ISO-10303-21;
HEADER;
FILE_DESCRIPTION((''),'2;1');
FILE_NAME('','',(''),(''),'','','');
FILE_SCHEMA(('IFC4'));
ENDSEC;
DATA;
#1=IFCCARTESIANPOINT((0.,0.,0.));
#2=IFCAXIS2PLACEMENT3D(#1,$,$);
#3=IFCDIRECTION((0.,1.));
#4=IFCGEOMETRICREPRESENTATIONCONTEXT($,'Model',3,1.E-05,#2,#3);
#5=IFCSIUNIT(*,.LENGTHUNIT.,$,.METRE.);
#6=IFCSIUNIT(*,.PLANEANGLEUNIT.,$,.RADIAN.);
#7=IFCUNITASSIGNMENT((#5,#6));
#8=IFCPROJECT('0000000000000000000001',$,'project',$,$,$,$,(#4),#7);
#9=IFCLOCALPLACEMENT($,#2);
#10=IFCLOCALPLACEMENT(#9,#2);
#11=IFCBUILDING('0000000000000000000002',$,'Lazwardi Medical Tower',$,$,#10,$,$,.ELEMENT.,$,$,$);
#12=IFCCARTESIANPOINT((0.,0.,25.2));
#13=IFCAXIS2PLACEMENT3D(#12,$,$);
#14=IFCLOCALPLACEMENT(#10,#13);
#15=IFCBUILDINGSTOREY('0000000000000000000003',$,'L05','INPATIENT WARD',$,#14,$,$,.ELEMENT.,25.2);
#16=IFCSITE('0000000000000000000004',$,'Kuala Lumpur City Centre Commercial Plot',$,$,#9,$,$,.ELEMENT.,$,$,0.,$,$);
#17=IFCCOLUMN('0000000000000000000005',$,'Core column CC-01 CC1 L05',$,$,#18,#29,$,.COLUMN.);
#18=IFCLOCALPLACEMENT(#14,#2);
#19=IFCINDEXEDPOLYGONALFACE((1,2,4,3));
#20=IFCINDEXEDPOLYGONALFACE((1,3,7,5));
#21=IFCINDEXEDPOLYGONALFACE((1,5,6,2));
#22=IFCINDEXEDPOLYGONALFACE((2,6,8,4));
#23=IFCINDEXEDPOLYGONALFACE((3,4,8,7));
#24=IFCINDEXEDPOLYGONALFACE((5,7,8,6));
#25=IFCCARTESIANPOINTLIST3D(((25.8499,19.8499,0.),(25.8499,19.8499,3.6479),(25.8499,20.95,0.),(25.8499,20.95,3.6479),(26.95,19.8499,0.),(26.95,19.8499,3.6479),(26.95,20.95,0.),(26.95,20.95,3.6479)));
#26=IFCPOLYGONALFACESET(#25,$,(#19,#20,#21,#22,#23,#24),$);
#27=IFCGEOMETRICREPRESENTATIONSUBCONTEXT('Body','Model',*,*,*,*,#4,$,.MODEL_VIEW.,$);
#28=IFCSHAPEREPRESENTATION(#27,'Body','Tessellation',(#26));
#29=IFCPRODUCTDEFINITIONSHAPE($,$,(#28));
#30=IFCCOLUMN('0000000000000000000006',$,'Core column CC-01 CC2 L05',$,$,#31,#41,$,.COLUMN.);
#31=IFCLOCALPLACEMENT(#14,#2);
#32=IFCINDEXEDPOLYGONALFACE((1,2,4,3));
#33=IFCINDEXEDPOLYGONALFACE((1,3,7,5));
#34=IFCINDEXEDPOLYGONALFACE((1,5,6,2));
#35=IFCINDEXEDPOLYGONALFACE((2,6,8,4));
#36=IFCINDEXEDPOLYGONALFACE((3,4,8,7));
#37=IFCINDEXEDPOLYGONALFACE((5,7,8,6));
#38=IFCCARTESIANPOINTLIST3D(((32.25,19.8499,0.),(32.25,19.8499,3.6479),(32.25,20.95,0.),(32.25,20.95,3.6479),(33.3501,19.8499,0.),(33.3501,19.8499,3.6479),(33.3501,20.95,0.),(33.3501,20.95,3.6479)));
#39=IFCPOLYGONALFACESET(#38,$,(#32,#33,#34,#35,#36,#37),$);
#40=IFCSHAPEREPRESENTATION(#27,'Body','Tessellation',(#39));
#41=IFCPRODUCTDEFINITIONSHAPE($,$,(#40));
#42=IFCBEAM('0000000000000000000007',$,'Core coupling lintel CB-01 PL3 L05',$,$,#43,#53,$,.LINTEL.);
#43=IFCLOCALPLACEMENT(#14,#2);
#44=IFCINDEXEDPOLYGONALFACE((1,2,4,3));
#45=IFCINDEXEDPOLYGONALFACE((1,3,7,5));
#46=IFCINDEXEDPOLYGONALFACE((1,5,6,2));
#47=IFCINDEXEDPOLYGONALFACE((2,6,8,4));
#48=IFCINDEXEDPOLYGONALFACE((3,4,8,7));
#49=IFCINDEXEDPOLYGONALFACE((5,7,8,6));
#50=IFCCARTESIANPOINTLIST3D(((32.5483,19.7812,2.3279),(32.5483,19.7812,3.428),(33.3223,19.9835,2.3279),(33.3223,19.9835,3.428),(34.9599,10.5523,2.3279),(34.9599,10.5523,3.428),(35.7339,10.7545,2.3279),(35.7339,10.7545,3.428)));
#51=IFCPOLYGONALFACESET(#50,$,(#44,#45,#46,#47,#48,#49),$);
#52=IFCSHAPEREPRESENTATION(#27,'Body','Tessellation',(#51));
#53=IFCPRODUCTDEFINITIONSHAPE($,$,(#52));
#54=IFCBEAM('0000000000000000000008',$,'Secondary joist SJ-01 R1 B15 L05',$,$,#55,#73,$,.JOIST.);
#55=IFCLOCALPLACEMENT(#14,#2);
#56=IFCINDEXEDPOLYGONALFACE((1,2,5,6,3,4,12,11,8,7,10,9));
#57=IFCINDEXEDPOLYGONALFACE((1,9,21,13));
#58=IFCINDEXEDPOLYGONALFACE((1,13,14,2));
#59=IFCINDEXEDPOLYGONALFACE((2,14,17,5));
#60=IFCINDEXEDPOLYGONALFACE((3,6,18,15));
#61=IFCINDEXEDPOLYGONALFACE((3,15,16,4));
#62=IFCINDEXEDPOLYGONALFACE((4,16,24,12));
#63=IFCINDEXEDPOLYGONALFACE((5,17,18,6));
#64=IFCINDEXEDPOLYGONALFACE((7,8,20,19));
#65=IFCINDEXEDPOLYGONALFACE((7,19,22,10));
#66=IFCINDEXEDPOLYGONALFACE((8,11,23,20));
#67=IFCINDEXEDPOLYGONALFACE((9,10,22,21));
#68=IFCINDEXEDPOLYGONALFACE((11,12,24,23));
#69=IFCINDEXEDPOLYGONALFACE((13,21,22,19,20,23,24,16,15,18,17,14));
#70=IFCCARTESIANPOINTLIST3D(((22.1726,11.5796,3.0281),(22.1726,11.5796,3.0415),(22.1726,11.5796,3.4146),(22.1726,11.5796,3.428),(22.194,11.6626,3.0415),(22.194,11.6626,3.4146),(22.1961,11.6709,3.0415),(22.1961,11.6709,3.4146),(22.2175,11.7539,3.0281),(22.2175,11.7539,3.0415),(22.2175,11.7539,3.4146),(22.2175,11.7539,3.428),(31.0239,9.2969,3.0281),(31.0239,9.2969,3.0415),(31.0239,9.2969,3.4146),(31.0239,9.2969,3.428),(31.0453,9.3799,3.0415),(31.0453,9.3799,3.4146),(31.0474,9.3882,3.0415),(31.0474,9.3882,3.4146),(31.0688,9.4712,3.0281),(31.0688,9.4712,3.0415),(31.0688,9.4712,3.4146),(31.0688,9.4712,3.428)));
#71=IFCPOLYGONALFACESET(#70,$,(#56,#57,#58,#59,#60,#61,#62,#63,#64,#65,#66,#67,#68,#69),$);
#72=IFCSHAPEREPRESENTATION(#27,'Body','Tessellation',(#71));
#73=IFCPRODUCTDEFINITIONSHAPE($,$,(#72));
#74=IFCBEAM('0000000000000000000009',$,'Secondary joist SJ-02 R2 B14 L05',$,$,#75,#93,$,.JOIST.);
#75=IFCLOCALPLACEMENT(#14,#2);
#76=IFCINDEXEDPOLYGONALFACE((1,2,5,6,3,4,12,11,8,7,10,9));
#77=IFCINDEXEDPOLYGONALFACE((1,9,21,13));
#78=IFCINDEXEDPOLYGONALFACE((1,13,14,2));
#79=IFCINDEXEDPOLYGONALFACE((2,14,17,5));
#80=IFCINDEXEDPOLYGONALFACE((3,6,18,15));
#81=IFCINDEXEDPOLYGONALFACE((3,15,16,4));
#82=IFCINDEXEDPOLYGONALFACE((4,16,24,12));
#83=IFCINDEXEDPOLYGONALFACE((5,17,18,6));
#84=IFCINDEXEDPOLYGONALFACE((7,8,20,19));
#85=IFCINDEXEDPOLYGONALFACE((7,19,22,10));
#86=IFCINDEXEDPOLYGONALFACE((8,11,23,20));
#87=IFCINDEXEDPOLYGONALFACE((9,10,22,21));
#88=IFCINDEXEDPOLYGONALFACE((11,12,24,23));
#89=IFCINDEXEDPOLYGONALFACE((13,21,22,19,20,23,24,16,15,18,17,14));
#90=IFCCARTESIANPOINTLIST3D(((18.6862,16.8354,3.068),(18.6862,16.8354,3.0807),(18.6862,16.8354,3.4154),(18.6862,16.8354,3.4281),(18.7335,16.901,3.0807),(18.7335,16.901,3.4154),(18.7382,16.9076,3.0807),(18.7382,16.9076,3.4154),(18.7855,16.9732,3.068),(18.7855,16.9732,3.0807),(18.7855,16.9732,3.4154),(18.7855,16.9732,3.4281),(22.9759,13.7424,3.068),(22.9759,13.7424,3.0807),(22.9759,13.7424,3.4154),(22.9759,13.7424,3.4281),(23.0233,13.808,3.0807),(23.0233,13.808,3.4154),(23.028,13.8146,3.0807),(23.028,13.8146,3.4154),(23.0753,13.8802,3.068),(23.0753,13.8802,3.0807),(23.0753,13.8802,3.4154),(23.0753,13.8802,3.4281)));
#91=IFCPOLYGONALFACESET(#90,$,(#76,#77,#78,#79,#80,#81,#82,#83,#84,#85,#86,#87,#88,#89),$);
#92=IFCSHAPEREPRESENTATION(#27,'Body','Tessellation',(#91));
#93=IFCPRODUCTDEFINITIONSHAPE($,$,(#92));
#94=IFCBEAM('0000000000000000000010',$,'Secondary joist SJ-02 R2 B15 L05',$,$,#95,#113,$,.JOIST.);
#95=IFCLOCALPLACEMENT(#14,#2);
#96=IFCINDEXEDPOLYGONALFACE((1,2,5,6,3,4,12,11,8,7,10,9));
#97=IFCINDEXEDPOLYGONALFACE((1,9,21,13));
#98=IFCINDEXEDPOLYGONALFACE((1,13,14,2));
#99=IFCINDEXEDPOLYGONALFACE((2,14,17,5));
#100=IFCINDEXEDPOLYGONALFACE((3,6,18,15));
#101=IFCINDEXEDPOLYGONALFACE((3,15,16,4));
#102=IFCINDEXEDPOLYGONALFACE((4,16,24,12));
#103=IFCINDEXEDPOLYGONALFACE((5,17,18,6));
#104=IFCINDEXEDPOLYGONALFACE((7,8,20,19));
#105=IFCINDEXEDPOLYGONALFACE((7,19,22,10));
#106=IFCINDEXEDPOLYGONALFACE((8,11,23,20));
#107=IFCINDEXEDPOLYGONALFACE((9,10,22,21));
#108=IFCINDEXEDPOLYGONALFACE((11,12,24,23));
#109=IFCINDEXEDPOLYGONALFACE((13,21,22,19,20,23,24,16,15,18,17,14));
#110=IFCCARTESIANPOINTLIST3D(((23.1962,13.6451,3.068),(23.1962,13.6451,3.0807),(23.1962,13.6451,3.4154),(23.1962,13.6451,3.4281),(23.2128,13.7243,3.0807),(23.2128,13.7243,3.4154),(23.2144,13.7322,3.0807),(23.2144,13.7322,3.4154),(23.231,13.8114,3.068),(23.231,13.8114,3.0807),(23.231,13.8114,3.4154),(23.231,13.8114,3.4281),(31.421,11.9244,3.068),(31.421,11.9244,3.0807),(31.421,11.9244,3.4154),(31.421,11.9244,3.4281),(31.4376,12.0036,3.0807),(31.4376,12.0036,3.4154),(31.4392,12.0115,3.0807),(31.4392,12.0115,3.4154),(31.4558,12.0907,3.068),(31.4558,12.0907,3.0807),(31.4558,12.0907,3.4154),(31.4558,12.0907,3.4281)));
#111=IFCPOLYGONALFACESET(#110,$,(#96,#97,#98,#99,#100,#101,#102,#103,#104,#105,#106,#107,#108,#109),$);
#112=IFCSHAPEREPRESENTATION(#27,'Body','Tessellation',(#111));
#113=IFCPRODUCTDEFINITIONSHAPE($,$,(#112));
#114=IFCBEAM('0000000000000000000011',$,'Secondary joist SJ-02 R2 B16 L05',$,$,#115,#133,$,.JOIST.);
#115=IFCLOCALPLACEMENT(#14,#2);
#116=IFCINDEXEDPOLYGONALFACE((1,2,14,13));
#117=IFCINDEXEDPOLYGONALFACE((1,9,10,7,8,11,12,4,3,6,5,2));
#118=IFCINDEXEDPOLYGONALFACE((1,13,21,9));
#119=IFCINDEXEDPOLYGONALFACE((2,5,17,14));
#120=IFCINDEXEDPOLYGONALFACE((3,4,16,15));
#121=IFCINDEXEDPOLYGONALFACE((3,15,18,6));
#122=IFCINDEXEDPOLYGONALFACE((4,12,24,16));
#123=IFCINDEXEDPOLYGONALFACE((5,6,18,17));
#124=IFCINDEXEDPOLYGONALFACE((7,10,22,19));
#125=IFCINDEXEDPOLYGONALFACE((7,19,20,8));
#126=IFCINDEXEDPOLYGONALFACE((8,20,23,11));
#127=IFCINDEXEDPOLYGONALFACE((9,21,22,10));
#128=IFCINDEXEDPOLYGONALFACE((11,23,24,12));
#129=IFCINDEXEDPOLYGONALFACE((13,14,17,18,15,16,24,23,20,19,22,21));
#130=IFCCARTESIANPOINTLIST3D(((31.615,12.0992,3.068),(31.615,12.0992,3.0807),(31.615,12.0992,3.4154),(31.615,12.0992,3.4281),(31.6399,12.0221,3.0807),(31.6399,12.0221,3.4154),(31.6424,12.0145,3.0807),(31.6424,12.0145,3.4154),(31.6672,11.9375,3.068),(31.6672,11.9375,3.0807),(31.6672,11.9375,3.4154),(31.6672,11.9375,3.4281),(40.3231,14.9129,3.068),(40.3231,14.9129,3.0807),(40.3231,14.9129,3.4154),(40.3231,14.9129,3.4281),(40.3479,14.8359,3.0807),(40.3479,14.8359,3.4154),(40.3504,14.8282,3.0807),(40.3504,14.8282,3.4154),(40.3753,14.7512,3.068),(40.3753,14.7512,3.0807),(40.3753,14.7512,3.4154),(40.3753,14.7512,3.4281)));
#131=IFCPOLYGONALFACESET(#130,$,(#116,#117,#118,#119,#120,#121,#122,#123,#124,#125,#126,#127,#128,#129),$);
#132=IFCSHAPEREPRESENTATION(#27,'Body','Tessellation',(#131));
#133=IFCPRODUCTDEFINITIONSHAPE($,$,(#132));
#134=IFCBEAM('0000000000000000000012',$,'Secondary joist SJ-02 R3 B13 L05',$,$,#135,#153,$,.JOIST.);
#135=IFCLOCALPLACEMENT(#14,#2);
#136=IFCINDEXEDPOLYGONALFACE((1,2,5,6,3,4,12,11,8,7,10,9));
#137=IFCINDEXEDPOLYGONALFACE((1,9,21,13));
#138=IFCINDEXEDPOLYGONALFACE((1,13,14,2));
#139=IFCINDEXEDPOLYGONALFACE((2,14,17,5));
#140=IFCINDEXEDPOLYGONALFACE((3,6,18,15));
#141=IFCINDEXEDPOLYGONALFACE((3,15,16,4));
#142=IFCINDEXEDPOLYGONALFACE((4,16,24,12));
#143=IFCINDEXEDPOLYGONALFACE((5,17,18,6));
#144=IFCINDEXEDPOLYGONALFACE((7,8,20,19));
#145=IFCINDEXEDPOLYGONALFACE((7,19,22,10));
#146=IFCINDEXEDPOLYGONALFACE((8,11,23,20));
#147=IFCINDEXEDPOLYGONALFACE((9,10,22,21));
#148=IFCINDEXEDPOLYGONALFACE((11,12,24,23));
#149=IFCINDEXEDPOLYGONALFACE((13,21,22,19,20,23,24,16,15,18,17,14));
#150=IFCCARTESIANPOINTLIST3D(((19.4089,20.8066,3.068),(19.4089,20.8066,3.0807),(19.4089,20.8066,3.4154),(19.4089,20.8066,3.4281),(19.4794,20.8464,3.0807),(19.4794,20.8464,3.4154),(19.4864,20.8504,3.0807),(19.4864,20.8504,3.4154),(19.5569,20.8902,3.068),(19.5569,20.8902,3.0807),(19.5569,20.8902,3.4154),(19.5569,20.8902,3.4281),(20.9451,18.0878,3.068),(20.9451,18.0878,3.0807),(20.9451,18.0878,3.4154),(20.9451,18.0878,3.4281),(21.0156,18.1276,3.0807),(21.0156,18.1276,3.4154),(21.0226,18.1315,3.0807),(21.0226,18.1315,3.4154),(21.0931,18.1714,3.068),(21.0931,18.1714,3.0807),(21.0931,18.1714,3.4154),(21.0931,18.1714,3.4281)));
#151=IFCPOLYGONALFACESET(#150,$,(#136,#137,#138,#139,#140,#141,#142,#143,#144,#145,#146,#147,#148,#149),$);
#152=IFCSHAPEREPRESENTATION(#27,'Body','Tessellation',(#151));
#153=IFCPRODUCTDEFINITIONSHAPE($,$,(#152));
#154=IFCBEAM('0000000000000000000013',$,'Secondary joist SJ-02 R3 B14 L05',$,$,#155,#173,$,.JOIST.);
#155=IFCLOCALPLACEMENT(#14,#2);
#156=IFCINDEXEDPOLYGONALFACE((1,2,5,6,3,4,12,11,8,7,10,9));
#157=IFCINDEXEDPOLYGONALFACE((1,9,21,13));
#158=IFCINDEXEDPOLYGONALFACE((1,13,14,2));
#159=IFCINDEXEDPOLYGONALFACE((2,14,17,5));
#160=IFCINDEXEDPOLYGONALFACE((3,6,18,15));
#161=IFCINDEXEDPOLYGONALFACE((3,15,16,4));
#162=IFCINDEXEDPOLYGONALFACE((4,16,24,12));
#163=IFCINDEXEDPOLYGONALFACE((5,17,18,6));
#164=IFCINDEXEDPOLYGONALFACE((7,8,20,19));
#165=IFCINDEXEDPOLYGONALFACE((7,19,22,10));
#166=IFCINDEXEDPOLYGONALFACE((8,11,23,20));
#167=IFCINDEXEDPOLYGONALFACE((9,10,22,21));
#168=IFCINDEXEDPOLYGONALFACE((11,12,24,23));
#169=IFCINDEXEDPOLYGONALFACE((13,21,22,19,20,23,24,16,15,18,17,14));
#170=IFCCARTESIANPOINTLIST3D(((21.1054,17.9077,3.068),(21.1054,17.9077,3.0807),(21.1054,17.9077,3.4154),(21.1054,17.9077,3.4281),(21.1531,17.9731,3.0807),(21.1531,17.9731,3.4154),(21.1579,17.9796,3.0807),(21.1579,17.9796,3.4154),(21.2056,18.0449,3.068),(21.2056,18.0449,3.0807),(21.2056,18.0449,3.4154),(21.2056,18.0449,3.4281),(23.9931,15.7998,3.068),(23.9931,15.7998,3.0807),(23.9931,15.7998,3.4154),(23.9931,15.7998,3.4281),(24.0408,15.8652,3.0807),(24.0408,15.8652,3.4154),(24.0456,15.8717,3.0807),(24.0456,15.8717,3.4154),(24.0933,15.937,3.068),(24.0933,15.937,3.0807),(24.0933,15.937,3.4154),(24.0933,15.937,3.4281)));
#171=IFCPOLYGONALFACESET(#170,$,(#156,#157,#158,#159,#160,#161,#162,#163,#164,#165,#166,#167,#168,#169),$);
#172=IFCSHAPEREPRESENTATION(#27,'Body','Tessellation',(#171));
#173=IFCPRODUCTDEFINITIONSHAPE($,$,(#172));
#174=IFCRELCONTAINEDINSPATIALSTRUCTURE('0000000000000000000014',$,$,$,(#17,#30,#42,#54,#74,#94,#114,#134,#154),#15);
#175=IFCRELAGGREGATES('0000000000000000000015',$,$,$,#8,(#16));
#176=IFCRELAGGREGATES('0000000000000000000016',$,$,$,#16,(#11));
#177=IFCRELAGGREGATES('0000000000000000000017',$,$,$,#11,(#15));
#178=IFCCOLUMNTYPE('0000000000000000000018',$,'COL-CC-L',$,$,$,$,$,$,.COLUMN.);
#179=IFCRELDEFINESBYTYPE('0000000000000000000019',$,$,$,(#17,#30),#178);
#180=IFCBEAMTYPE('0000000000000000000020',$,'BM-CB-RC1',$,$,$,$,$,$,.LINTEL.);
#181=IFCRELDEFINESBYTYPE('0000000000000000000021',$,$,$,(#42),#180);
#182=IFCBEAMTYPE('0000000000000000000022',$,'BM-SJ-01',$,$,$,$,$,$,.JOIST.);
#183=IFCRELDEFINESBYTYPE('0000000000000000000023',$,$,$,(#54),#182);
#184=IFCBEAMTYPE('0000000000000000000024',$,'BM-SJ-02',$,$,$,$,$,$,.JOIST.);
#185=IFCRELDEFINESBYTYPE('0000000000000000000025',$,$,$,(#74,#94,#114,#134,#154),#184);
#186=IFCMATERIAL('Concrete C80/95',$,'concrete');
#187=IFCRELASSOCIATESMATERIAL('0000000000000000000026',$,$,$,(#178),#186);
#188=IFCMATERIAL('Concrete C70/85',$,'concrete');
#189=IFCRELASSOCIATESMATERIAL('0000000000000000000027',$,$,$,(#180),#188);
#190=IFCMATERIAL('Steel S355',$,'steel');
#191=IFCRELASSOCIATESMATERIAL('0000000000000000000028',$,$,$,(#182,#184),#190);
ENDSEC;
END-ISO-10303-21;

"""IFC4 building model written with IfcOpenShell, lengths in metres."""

from ifc_helpers import new_model, si_unit, direction, frame, origin, origin_2d, place, context, subcontext, project, spatial, rectangle, i_section, extrude, material, material_profile, profile_set, type_object, element, save


model = new_model("IFC4")

# Units and contexts
model_context = context("Model", 3, precision=1e-05, world=origin(), true_north=direction((0.0, 1.0)))
body_context = subcontext(model_context, "Body", "Model", "MODEL_VIEW")
ifc_project = project(units=[si_unit("LENGTHUNIT", "METRE"), si_unit("PLANEANGLEUNIT", "RADIAN")], contexts=[model_context])

# Site, building, storey
site_placement = place(None, origin())
site = spatial("IfcSite", under=ifc_project, at=site_placement, Name="Kuala Lumpur City Centre Commercial Plot", CompositionType="ELEMENT", RefElevation=0.0)
building_placement = place(site_placement, origin())
building = spatial("IfcBuilding", under=site, at=building_placement, Name="Lazwardi Medical Tower", CompositionType="ELEMENT")
storey_placement = place(building_placement, frame((0.0, 0.0, 25.2)))
storey = spatial("IfcBuildingStorey", under=building, at=storey_placement, Name="L05", Description="INPATIENT WARD", CompositionType="ELEMENT", Elevation=25.2)

# Columns
ifc_material_1 = material(Name="Concrete C80/95", Category="concrete")
ifc_material_profile_1 = material_profile(ifc_material_1, rectangle(XDim=1.1001, YDim=1.1001, at=origin_2d()), Name="RC 1100x1100")
ifc_profile_set_1 = profile_set([ifc_material_profile_1], Name="Concrete C80/95")
column_type = type_object("IfcColumnType", Name="COL-CC-L", PredefinedType="COLUMN", material=ifc_profile_set_1)
for number, where, z_axis, x_axis, name in (
    (1, (26.3999, 20.3999, 0.0), (0.0, 0.0, 1.0), (1.0, 0.0, 0.0), "Core column CC-01 CC1 L05"),
    (2, (32.8, 20.3999, 0.0), (0.0, 0.0, 1.0), (1.0, 0.0, 0.0), "Core column CC-01 CC2 L05"),
):
    element("IfcColumn", number, at=place(storey_placement, frame(where, z_axis=z_axis, x_axis=x_axis)), inside=storey, type_object=column_type, Name=name, PredefinedType="COLUMN", context=body_context, shape_type="SweptSolid", body=[
        extrude(rectangle(XDim=1.1001, YDim=1.1001, at=origin_2d()), origin(), (0.0, 0.0, 1.0), 3.6479),
    ])

# Beams
ifc_material_2 = material(Name="Concrete C70/85", Category="concrete")
ifc_material_profile_2 = material_profile(ifc_material_2, rectangle(XDim=0.8, YDim=1.1001, at=origin_2d()), Name="RC 800x1100")
ifc_profile_set_2 = profile_set([ifc_material_profile_2], Name="Concrete C70/85")
beam_type_1 = type_object("IfcBeamType", Name="BM-CB-RC1", PredefinedType="LINTEL", material=ifc_profile_set_2)
beam_1_placement = place(storey_placement, frame((32.9353, 19.8823, 2.8779), z_axis=(0.25282, -0.967513, 0.0), x_axis=(0.967513, 0.25282, 0.0)))
element("IfcBeam", 3, at=beam_1_placement, inside=storey, type_object=beam_type_1, Name="Core coupling lintel CB-01 PL3 L05", PredefinedType="LINTEL", context=body_context, shape_type="SweptSolid", body=[
    extrude(rectangle(XDim=0.8, YDim=1.1001, at=origin_2d()), origin(), (0.0, 0.0, 1.0), 9.5388),
])
ifc_material_3 = material(Name="Steel S355", Category="steel")
ifc_material_profile_3 = material_profile(ifc_material_3, i_section(OverallWidth=0.1799, OverallDepth=0.3999, WebThickness=0.0085, FlangeThickness=0.0134, at=origin_2d()), Name="IPE 400")
ifc_profile_set_3 = profile_set([ifc_material_profile_3], Name="Steel S355")
beam_type_2 = type_object("IfcBeamType", Name="BM-SJ-01", PredefinedType="JOIST", material=ifc_profile_set_3)
beam_2_placement = place(storey_placement, frame((22.1951, 11.6667, 3.228), z_axis=(0.968317, -0.249725, 0.0), x_axis=(0.249725, 0.968317, 0.0)))
element("IfcBeam", 4, at=beam_2_placement, inside=storey, type_object=beam_type_2, Name="Secondary joist SJ-01 R1 B15 L05", PredefinedType="JOIST", context=body_context, shape_type="SweptSolid", body=[
    extrude(i_section(OverallWidth=0.1799, OverallDepth=0.3999, WebThickness=0.0085, FlangeThickness=0.0134, at=origin_2d()), origin(), (0.0, 0.0, 1.0), 9.1409),
])
ifc_material_profile_4 = material_profile(ifc_material_3, i_section(OverallWidth=0.1699, OverallDepth=0.3601, WebThickness=0.0081, FlangeThickness=0.0127, at=origin_2d()), Name="IPE 360")
ifc_profile_set_4 = profile_set([ifc_material_profile_4], Name="Steel S355")
beam_type_3 = type_object("IfcBeamType", Name="BM-SJ-02", PredefinedType="JOIST", material=ifc_profile_set_4)
beam_3_placement = place(storey_placement, frame((18.7358, 16.9043, 3.248), z_axis=(0.811143, -0.584848, 0.0), x_axis=(0.584848, 0.811143, 0.0)))
element("IfcBeam", 5, at=beam_3_placement, inside=storey, type_object=beam_type_3, Name="Secondary joist SJ-02 R2 B14 L05", PredefinedType="JOIST", context=body_context, shape_type="SweptSolid", body=[
    extrude(i_section(OverallWidth=0.1699, OverallDepth=0.3601, WebThickness=0.0081, FlangeThickness=0.0127, at=origin_2d()), origin(), (0.0, 0.0, 1.0), 5.2886),
])
beam_4_placement = place(storey_placement, frame((23.2136, 13.7283, 3.248), z_axis=(0.978809, -0.204774, 0.0), x_axis=(0.204774, 0.978809, 0.0)))
element("IfcBeam", 6, at=beam_4_placement, inside=storey, type_object=beam_type_3, Name="Secondary joist SJ-02 R2 B15 L05", PredefinedType="JOIST", context=body_context, shape_type="SweptSolid", body=[
    extrude(i_section(OverallWidth=0.1699, OverallDepth=0.3601, WebThickness=0.0081, FlangeThickness=0.0127, at=origin_2d()), origin(), (0.0, 0.0, 1.0), 8.4028),
])
beam_5_placement = place(storey_placement, frame((31.6411, 12.0183, 3.248), z_axis=(0.951559, 0.307467, 0.0), x_axis=(-0.307467, 0.951559, 0.0)))
element("IfcBeam", 7, at=beam_5_placement, inside=storey, type_object=beam_type_3, Name="Secondary joist SJ-02 R2 B16 L05", PredefinedType="JOIST", context=body_context, shape_type="SweptSolid", body=[
    extrude(i_section(OverallWidth=0.1699, OverallDepth=0.3601, WebThickness=0.0081, FlangeThickness=0.0127, at=origin_2d()), origin(), (0.0, 0.0, 1.0), 9.1514),
])
beam_6_placement = place(storey_placement, frame((19.4829, 20.8484, 3.248), z_axis=(0.491923, -0.870639, 0.0), x_axis=(0.870639, 0.491923, 0.0)))
element("IfcBeam", 8, at=beam_6_placement, inside=storey, type_object=beam_type_3, Name="Secondary joist SJ-02 R3 B13 L05", PredefinedType="JOIST", context=body_context, shape_type="SweptSolid", body=[
    extrude(i_section(OverallWidth=0.1699, OverallDepth=0.3601, WebThickness=0.0081, FlangeThickness=0.0127, at=origin_2d()), origin(), (0.0, 0.0, 1.0), 3.1228),
])
beam_7_placement = place(storey_placement, frame((21.1555, 17.9763, 3.248), z_axis=(0.807701, -0.589592, 0.0), x_axis=(0.589592, 0.807701, 0.0)))
element("IfcBeam", 9, at=beam_7_placement, inside=storey, type_object=beam_type_3, Name="Secondary joist SJ-02 R3 B14 L05", PredefinedType="JOIST", context=body_context, shape_type="SweptSolid", body=[
    extrude(i_section(OverallWidth=0.1699, OverallDepth=0.3601, WebThickness=0.0081, FlangeThickness=0.0127, at=origin_2d()), origin(), (0.0, 0.0, 1.0), 3.5752),
])

save(model, "model.ifc")
